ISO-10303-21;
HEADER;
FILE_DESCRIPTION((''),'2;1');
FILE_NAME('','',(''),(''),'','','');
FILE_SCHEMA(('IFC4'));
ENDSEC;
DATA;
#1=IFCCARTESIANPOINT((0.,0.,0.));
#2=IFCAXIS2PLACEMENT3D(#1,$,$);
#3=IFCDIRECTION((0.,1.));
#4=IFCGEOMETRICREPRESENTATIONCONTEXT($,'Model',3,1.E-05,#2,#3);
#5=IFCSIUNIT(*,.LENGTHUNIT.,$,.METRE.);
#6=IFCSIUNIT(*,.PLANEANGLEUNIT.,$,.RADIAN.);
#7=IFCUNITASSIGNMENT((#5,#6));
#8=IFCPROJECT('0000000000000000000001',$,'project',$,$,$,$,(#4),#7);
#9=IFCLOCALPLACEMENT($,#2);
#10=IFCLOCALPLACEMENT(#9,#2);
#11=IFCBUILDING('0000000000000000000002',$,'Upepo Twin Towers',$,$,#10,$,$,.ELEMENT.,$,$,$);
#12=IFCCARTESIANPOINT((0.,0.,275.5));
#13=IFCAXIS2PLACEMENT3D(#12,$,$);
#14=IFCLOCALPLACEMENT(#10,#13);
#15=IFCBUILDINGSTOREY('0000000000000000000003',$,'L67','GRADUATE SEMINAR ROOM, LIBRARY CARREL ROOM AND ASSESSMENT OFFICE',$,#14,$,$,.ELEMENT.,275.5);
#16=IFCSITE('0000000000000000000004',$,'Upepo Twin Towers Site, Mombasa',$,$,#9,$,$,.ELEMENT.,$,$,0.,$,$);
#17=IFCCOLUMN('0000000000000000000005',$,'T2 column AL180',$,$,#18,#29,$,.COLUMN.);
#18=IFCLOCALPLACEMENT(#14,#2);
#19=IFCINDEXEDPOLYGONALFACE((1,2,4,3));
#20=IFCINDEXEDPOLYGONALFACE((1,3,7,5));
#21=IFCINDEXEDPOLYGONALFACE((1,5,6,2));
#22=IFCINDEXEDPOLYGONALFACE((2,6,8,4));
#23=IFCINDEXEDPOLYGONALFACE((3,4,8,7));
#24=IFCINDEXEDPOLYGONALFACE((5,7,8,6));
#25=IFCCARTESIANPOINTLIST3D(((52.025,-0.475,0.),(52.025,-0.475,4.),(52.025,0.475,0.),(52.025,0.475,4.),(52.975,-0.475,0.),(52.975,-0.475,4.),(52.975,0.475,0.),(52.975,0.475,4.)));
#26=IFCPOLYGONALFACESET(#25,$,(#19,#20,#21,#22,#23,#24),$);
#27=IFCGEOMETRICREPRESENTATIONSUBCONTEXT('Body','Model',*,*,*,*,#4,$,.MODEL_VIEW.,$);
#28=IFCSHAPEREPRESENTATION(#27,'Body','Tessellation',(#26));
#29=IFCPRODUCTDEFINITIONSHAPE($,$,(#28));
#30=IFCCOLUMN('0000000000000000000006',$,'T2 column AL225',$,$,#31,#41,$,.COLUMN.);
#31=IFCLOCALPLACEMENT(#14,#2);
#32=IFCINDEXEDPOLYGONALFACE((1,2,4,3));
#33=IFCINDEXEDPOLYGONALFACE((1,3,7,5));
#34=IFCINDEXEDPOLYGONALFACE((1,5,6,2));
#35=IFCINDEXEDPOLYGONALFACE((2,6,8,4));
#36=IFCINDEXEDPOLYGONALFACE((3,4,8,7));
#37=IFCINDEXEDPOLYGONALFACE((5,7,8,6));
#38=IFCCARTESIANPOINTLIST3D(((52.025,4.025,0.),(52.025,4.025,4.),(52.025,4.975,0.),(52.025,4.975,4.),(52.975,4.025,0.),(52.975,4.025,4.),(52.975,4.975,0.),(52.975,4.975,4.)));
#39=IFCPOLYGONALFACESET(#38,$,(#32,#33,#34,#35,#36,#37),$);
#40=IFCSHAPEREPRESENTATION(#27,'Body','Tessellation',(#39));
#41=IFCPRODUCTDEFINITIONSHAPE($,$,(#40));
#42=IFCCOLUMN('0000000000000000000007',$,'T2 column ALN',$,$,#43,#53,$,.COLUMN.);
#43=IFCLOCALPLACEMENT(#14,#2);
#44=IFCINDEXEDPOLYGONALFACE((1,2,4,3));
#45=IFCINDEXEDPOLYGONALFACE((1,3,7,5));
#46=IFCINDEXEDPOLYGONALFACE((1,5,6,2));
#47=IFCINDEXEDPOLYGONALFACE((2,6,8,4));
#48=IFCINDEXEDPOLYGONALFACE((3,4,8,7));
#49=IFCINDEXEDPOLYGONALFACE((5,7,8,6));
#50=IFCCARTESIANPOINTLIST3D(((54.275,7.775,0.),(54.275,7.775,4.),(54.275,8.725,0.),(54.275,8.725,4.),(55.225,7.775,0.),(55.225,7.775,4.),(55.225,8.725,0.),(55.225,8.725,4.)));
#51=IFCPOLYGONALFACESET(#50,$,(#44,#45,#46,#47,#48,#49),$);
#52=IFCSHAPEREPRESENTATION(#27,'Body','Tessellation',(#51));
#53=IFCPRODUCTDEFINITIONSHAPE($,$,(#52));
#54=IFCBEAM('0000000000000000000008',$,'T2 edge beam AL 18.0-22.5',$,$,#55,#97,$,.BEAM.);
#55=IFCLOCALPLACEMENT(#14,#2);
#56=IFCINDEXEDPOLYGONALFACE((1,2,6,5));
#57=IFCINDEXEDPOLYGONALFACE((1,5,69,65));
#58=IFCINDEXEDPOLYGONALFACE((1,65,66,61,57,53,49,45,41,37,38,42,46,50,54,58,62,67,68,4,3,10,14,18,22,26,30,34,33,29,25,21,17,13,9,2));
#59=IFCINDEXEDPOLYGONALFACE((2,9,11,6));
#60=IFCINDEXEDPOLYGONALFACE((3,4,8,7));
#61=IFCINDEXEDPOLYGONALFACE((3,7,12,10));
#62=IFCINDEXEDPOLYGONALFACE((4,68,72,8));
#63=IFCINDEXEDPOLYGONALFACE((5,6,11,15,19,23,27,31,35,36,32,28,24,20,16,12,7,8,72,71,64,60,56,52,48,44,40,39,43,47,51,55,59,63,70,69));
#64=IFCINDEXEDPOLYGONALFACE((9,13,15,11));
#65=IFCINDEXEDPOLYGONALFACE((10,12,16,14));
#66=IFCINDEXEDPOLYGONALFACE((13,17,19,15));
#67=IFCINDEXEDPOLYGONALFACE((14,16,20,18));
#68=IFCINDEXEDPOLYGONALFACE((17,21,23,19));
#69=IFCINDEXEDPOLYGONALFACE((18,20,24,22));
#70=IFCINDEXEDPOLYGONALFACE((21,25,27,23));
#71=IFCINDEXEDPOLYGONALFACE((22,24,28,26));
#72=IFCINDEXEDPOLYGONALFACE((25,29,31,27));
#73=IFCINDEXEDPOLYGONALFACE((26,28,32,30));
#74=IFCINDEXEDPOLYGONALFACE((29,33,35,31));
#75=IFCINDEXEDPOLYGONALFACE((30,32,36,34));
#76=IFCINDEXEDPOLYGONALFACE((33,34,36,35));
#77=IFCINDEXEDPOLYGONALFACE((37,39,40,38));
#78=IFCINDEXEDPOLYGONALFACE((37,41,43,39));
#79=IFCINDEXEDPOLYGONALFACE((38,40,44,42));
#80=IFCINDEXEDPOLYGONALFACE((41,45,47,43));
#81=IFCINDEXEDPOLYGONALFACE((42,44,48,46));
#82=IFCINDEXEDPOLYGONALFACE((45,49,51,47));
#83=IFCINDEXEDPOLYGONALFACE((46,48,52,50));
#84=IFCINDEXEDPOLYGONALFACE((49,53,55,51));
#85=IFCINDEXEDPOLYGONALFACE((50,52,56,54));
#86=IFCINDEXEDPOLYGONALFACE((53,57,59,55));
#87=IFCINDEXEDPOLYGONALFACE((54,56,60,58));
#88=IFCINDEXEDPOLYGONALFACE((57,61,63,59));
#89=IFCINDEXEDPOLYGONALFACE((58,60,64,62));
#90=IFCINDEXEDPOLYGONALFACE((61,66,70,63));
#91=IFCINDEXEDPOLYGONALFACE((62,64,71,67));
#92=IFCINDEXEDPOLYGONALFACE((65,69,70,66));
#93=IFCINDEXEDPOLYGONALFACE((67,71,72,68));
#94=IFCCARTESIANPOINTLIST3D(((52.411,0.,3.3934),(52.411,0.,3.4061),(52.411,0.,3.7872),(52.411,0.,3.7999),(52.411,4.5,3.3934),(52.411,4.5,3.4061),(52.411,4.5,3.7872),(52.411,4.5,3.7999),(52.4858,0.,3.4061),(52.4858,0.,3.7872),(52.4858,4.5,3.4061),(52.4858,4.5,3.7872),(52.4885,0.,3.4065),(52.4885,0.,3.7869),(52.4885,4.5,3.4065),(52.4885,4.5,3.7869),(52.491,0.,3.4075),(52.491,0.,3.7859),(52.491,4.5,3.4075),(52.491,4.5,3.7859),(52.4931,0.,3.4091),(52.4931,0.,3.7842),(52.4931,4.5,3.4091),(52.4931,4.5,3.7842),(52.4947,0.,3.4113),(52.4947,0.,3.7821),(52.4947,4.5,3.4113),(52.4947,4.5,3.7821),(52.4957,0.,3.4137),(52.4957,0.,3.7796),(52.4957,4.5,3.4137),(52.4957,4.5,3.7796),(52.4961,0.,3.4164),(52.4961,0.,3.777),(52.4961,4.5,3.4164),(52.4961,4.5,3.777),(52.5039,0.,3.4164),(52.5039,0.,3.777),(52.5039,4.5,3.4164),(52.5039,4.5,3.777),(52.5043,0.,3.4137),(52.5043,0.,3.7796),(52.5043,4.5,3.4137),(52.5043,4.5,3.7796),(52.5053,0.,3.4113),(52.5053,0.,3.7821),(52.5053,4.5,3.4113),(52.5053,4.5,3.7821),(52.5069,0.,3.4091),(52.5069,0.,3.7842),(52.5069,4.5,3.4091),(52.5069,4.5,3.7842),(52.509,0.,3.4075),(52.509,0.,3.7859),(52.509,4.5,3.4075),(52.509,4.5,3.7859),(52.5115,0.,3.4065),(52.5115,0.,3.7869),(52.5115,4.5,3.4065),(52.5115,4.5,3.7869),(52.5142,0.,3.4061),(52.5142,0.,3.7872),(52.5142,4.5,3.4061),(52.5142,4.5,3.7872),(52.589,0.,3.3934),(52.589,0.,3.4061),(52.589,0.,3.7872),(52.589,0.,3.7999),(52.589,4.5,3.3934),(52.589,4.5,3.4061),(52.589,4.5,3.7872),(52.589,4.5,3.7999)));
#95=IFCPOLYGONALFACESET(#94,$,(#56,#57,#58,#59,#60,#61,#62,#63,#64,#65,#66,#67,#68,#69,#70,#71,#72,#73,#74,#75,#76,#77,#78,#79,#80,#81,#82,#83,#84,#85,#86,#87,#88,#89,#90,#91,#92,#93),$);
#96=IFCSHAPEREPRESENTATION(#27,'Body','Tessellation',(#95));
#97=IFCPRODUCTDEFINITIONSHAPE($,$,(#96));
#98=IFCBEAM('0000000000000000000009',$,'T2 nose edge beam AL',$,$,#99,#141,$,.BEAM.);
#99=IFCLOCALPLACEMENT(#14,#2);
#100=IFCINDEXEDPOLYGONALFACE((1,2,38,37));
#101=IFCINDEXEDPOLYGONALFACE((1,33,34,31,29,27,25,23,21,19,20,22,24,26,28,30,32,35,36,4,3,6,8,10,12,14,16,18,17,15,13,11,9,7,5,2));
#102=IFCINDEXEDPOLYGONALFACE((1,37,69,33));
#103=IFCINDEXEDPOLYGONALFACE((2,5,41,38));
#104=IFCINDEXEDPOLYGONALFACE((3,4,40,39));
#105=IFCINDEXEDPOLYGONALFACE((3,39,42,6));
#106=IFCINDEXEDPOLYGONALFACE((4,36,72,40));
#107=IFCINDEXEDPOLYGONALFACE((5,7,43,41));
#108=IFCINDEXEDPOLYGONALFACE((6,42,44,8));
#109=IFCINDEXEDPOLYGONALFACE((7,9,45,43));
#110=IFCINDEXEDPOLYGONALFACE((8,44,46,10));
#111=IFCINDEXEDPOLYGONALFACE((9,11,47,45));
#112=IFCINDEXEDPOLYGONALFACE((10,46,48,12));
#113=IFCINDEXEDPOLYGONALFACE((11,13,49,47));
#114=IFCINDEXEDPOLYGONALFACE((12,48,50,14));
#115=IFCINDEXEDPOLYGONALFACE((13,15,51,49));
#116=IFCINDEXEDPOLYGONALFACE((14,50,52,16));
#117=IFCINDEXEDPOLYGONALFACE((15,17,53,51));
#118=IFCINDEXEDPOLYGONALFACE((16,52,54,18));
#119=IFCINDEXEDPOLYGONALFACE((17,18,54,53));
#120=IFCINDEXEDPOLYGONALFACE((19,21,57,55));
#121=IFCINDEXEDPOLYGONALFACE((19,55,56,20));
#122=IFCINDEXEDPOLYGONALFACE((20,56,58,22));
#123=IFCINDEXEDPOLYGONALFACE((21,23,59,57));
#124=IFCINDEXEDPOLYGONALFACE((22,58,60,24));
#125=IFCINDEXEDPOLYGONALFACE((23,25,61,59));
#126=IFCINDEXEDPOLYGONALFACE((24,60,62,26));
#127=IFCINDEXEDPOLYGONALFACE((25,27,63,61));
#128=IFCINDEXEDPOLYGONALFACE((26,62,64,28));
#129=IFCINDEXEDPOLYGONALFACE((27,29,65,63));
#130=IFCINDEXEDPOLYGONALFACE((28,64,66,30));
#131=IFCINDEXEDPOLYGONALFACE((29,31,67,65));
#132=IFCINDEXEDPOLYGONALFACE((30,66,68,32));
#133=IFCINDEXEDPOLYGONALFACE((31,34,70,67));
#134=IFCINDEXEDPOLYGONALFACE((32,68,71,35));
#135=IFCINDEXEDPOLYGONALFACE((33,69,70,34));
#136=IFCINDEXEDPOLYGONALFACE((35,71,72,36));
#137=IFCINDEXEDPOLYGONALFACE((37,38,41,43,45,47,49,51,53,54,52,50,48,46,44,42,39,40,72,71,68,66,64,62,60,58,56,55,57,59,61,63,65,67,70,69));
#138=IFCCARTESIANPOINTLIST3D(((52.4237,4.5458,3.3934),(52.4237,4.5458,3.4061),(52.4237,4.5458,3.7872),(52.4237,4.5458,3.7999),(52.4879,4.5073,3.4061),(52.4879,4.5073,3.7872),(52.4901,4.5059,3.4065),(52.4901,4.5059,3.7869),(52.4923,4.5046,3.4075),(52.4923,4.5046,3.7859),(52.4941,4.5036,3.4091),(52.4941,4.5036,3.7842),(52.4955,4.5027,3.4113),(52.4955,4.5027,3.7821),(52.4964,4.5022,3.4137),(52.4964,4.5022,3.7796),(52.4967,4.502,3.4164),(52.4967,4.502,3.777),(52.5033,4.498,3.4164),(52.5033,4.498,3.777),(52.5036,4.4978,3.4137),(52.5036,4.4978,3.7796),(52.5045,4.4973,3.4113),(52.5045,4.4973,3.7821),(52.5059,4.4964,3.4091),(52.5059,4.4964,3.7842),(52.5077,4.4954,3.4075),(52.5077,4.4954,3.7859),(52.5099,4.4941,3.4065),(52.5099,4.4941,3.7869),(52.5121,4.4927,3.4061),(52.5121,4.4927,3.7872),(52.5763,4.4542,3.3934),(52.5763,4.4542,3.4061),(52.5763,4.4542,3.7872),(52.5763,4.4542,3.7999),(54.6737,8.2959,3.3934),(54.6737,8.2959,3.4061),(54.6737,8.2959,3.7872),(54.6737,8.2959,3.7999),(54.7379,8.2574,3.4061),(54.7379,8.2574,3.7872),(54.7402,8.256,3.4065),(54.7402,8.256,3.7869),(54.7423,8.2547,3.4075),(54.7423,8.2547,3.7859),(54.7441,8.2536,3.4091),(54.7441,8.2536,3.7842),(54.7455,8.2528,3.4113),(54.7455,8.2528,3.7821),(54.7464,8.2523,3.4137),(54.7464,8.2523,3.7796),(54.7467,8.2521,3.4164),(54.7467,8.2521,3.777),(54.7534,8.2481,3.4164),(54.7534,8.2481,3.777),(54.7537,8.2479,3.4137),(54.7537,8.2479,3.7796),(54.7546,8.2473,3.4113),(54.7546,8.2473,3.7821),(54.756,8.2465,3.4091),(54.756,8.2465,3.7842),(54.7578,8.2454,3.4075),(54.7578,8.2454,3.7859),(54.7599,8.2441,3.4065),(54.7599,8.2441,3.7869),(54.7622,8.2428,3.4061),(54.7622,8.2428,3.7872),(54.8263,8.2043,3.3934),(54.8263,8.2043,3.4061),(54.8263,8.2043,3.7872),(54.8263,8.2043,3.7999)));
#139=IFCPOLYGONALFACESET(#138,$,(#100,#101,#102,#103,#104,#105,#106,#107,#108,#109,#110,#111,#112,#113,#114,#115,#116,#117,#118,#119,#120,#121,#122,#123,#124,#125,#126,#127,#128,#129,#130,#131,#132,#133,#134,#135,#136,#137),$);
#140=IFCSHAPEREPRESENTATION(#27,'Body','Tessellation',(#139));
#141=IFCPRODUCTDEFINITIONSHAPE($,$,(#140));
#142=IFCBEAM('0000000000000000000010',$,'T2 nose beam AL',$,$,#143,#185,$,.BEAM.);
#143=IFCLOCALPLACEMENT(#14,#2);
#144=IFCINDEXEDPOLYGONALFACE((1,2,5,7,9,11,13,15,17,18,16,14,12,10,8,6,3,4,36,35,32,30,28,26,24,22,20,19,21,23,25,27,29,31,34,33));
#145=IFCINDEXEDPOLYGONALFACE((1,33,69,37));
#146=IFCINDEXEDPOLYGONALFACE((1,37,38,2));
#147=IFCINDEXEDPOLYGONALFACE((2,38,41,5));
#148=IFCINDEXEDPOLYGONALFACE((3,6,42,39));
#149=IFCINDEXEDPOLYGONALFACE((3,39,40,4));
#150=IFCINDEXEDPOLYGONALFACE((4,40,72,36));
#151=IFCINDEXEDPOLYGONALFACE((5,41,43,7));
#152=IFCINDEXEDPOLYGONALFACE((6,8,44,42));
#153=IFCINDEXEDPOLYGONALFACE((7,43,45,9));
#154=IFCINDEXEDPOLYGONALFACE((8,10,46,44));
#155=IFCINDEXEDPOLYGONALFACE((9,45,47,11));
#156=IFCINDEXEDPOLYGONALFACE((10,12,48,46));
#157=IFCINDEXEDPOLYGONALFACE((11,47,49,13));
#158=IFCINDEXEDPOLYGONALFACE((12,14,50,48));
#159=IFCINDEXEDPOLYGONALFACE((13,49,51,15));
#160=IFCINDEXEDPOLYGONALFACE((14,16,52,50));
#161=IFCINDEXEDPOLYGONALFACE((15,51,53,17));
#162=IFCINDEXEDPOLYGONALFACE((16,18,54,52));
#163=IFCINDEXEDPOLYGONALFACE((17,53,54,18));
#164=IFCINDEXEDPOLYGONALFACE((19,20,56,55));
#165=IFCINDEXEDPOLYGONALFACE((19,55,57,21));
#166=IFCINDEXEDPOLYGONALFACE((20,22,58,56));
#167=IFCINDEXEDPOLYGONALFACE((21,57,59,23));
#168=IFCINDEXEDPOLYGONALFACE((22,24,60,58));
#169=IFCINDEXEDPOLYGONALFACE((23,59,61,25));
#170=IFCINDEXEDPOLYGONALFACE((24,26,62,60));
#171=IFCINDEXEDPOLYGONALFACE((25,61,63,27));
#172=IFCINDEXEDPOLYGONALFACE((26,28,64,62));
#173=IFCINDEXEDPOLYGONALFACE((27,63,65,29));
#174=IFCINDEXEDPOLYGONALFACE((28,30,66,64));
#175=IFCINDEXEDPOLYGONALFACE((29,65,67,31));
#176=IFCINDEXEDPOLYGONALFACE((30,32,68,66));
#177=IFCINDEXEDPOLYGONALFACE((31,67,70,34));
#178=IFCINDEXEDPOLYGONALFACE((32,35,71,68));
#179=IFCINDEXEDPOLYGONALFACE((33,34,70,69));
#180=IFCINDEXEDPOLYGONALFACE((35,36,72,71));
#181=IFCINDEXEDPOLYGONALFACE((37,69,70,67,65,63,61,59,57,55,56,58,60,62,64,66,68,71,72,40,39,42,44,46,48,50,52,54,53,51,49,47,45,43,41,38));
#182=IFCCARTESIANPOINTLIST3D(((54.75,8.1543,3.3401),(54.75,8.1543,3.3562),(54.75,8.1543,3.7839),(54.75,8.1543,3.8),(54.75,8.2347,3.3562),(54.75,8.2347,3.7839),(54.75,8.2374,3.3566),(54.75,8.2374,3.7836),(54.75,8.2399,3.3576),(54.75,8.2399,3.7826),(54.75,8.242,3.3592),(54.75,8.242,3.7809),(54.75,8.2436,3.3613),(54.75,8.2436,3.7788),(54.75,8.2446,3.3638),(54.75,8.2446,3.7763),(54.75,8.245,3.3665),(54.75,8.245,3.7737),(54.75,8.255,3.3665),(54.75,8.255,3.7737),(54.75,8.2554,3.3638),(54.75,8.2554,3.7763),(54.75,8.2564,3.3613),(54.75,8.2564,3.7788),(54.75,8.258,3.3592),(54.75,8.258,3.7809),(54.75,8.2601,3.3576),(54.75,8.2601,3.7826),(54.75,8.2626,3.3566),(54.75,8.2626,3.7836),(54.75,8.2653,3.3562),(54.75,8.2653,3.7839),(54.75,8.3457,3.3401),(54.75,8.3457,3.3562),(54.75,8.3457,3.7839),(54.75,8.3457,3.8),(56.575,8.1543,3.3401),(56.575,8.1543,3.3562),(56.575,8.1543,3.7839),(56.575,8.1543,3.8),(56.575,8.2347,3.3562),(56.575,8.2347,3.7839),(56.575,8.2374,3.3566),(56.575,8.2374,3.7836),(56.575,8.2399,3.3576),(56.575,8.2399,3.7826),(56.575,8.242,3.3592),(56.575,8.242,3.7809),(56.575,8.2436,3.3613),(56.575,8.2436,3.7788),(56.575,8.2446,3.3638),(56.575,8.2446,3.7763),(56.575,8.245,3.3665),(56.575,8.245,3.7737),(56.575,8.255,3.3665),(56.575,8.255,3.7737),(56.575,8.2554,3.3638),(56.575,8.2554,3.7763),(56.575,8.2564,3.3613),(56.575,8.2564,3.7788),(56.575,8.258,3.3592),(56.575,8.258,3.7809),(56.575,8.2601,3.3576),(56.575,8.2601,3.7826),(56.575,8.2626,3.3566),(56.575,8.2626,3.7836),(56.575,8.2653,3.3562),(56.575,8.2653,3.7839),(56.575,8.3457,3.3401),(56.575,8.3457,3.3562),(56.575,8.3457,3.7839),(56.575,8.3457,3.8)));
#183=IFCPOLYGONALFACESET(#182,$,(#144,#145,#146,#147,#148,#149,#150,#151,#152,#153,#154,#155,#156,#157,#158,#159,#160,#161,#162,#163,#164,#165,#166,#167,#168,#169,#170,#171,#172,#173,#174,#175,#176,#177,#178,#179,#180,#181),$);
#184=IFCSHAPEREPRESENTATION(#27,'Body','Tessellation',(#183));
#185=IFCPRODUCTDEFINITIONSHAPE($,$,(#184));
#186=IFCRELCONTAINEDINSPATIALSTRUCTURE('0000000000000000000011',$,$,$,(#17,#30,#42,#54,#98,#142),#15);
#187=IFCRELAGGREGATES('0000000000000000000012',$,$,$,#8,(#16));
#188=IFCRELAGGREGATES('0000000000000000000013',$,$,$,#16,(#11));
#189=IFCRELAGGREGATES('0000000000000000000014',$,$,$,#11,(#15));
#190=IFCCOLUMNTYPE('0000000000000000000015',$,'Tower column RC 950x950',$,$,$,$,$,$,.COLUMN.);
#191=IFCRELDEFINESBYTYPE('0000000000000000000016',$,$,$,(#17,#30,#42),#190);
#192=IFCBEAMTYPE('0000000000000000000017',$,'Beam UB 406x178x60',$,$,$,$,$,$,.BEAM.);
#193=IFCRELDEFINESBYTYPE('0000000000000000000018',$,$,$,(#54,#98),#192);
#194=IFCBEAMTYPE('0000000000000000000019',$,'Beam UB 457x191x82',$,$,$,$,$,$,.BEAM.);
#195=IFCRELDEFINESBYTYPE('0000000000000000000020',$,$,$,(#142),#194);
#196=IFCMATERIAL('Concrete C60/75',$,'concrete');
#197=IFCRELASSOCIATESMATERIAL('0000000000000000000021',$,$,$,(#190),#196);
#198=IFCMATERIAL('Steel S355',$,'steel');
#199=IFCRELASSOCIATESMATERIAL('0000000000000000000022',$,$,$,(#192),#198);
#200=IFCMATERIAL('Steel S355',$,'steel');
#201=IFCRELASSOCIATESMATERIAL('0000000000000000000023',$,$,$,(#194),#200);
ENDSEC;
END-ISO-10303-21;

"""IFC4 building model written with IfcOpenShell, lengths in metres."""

from ifc_helpers import new_model, si_unit, direction, frame, origin, origin_2d, place, context, subcontext, project, spatial, rectangle, i_section, extrude, material, material_profile, profile_set, type_object, element, save


model = new_model("IFC4")

# Units and contexts
model_context = context("Model", 3, precision=1e-05, world=origin(), true_north=direction((0.0, 1.0)))
body_context = subcontext(model_context, "Body", "Model", "MODEL_VIEW")
ifc_project = project(units=[si_unit("LENGTHUNIT", "METRE"), si_unit("PLANEANGLEUNIT", "RADIAN")], contexts=[model_context])

# Site, building, storey
site_placement = place(None, origin())
site = spatial("IfcSite", under=ifc_project, at=site_placement, Name="Upepo Twin Towers Site, Mombasa", CompositionType="ELEMENT", RefElevation=0.0)
building_placement = place(site_placement, origin())
building = spatial("IfcBuilding", under=site, at=building_placement, Name="Upepo Twin Towers", CompositionType="ELEMENT")
storey_placement = place(building_placement, frame((0.0, 0.0, 275.5)))
storey = spatial("IfcBuildingStorey", under=building, at=storey_placement, Name="L67", Description="GRADUATE SEMINAR ROOM, LIBRARY CARREL ROOM AND ASSESSMENT OFFICE", CompositionType="ELEMENT", Elevation=275.5)

# Columns
ifc_material_1 = material(Name="Concrete C60/75", Category="concrete")
ifc_material_profile_1 = material_profile(ifc_material_1, rectangle(XDim=0.95, YDim=0.95, at=origin_2d()), Name="RC 950x950")
ifc_profile_set_1 = profile_set([ifc_material_profile_1], Name="Concrete C60/75")
column_type = type_object("IfcColumnType", Name="Tower column RC 950x950", PredefinedType="COLUMN", material=ifc_profile_set_1)
for number, where, z_axis, x_axis, name in (
    (1, (52.5, 0.0, 0.0), (0.0, 0.0, 1.0), (1.0, 0.0, 0.0), "T2 column AL180"),
    (2, (52.5, 4.5, 0.0), (0.0, 0.0, 1.0), (1.0, 0.0, 0.0), "T2 column AL225"),
    (3, (54.75, 8.25, 0.0), (0.0, 0.0, 1.0), (1.0, 0.0, 0.0), "T2 column ALN"),
):
    element("IfcColumn", number, at=place(storey_placement, frame(where, z_axis=z_axis, x_axis=x_axis)), inside=storey, type_object=column_type, Name=name, PredefinedType="COLUMN", context=body_context, shape_type="SweptSolid", body=[
        extrude(rectangle(XDim=0.95, YDim=0.95, at=origin_2d()), origin(), (0.0, 0.0, 1.0), 4.0),
    ])

# Beams
ifc_material_2 = material(Name="Steel S355", Category="steel")
ifc_material_profile_2 = material_profile(ifc_material_2, i_section(OverallWidth=0.178, OverallDepth=0.4065, WebThickness=0.0078, FlangeThickness=0.0127, FilletRadius=0.0103, at=origin_2d()), Name="UB 406x178x60")
ifc_profile_set_2 = profile_set([ifc_material_profile_2], Name="Steel S355")
beam_type_1 = type_object("IfcBeamType", Name="Beam UB 406x178x60", PredefinedType="BEAM", material=ifc_profile_set_2)
beam_1_placement = place(storey_placement, frame((52.5, 0.0, 3.5967), z_axis=(0.0, 1.0, 0.0), x_axis=(-1.0, 0.0, 0.0)))
element("IfcBeam", 4, at=beam_1_placement, inside=storey, type_object=beam_type_1, Name="T2 edge beam AL 18.0-22.5", PredefinedType="BEAM", context=body_context, shape_type="SweptSolid", body=[
    extrude(i_section(OverallWidth=0.178, OverallDepth=0.4065, WebThickness=0.0078, FlangeThickness=0.0127, FilletRadius=0.0103, at=origin_2d()), origin(), (0.0, 0.0, 1.0), 4.5),
])
beam_2_placement = place(storey_placement, frame((52.5, 4.5, 3.5967), z_axis=(0.514496, 0.857493, 0.0), x_axis=(-0.857493, 0.514496, 0.0)))
element("IfcBeam", 5, at=beam_2_placement, inside=storey, type_object=beam_type_1, Name="T2 nose edge beam AL", PredefinedType="BEAM", context=body_context, shape_type="SweptSolid", body=[
    extrude(i_section(OverallWidth=0.178, OverallDepth=0.4065, WebThickness=0.0078, FlangeThickness=0.0127, FilletRadius=0.0103, at=origin_2d()), origin(), (0.0, 0.0, 1.0), 4.3733),
])
ifc_material_3 = material(Name="Steel S355", Category="steel")
ifc_material_profile_3 = material_profile(ifc_material_3, i_section(OverallWidth=0.1914, OverallDepth=0.46, WebThickness=0.01, FlangeThickness=0.0161, FilletRadius=0.0103, at=origin_2d()), Name="UB 457x191x82")
ifc_profile_set_3 = profile_set([ifc_material_profile_3], Name="Steel S355")
beam_type_2 = type_object("IfcBeamType", Name="Beam UB 457x191x82", PredefinedType="BEAM", material=ifc_profile_set_3)
beam_3_placement = place(storey_placement, frame((54.75, 8.25, 3.5701), z_axis=(1.0, 0.0, 0.0), x_axis=(0.0, 1.0, 0.0)))
element("IfcBeam", 6, at=beam_3_placement, inside=storey, type_object=beam_type_2, Name="T2 nose beam AL", PredefinedType="BEAM", context=body_context, shape_type="SweptSolid", body=[
    extrude(i_section(OverallWidth=0.1914, OverallDepth=0.46, WebThickness=0.01, FlangeThickness=0.0161, FilletRadius=0.0103, at=origin_2d()), origin(), (0.0, 0.0, 1.0), 1.825),
])

save(model, "model.ifc")
